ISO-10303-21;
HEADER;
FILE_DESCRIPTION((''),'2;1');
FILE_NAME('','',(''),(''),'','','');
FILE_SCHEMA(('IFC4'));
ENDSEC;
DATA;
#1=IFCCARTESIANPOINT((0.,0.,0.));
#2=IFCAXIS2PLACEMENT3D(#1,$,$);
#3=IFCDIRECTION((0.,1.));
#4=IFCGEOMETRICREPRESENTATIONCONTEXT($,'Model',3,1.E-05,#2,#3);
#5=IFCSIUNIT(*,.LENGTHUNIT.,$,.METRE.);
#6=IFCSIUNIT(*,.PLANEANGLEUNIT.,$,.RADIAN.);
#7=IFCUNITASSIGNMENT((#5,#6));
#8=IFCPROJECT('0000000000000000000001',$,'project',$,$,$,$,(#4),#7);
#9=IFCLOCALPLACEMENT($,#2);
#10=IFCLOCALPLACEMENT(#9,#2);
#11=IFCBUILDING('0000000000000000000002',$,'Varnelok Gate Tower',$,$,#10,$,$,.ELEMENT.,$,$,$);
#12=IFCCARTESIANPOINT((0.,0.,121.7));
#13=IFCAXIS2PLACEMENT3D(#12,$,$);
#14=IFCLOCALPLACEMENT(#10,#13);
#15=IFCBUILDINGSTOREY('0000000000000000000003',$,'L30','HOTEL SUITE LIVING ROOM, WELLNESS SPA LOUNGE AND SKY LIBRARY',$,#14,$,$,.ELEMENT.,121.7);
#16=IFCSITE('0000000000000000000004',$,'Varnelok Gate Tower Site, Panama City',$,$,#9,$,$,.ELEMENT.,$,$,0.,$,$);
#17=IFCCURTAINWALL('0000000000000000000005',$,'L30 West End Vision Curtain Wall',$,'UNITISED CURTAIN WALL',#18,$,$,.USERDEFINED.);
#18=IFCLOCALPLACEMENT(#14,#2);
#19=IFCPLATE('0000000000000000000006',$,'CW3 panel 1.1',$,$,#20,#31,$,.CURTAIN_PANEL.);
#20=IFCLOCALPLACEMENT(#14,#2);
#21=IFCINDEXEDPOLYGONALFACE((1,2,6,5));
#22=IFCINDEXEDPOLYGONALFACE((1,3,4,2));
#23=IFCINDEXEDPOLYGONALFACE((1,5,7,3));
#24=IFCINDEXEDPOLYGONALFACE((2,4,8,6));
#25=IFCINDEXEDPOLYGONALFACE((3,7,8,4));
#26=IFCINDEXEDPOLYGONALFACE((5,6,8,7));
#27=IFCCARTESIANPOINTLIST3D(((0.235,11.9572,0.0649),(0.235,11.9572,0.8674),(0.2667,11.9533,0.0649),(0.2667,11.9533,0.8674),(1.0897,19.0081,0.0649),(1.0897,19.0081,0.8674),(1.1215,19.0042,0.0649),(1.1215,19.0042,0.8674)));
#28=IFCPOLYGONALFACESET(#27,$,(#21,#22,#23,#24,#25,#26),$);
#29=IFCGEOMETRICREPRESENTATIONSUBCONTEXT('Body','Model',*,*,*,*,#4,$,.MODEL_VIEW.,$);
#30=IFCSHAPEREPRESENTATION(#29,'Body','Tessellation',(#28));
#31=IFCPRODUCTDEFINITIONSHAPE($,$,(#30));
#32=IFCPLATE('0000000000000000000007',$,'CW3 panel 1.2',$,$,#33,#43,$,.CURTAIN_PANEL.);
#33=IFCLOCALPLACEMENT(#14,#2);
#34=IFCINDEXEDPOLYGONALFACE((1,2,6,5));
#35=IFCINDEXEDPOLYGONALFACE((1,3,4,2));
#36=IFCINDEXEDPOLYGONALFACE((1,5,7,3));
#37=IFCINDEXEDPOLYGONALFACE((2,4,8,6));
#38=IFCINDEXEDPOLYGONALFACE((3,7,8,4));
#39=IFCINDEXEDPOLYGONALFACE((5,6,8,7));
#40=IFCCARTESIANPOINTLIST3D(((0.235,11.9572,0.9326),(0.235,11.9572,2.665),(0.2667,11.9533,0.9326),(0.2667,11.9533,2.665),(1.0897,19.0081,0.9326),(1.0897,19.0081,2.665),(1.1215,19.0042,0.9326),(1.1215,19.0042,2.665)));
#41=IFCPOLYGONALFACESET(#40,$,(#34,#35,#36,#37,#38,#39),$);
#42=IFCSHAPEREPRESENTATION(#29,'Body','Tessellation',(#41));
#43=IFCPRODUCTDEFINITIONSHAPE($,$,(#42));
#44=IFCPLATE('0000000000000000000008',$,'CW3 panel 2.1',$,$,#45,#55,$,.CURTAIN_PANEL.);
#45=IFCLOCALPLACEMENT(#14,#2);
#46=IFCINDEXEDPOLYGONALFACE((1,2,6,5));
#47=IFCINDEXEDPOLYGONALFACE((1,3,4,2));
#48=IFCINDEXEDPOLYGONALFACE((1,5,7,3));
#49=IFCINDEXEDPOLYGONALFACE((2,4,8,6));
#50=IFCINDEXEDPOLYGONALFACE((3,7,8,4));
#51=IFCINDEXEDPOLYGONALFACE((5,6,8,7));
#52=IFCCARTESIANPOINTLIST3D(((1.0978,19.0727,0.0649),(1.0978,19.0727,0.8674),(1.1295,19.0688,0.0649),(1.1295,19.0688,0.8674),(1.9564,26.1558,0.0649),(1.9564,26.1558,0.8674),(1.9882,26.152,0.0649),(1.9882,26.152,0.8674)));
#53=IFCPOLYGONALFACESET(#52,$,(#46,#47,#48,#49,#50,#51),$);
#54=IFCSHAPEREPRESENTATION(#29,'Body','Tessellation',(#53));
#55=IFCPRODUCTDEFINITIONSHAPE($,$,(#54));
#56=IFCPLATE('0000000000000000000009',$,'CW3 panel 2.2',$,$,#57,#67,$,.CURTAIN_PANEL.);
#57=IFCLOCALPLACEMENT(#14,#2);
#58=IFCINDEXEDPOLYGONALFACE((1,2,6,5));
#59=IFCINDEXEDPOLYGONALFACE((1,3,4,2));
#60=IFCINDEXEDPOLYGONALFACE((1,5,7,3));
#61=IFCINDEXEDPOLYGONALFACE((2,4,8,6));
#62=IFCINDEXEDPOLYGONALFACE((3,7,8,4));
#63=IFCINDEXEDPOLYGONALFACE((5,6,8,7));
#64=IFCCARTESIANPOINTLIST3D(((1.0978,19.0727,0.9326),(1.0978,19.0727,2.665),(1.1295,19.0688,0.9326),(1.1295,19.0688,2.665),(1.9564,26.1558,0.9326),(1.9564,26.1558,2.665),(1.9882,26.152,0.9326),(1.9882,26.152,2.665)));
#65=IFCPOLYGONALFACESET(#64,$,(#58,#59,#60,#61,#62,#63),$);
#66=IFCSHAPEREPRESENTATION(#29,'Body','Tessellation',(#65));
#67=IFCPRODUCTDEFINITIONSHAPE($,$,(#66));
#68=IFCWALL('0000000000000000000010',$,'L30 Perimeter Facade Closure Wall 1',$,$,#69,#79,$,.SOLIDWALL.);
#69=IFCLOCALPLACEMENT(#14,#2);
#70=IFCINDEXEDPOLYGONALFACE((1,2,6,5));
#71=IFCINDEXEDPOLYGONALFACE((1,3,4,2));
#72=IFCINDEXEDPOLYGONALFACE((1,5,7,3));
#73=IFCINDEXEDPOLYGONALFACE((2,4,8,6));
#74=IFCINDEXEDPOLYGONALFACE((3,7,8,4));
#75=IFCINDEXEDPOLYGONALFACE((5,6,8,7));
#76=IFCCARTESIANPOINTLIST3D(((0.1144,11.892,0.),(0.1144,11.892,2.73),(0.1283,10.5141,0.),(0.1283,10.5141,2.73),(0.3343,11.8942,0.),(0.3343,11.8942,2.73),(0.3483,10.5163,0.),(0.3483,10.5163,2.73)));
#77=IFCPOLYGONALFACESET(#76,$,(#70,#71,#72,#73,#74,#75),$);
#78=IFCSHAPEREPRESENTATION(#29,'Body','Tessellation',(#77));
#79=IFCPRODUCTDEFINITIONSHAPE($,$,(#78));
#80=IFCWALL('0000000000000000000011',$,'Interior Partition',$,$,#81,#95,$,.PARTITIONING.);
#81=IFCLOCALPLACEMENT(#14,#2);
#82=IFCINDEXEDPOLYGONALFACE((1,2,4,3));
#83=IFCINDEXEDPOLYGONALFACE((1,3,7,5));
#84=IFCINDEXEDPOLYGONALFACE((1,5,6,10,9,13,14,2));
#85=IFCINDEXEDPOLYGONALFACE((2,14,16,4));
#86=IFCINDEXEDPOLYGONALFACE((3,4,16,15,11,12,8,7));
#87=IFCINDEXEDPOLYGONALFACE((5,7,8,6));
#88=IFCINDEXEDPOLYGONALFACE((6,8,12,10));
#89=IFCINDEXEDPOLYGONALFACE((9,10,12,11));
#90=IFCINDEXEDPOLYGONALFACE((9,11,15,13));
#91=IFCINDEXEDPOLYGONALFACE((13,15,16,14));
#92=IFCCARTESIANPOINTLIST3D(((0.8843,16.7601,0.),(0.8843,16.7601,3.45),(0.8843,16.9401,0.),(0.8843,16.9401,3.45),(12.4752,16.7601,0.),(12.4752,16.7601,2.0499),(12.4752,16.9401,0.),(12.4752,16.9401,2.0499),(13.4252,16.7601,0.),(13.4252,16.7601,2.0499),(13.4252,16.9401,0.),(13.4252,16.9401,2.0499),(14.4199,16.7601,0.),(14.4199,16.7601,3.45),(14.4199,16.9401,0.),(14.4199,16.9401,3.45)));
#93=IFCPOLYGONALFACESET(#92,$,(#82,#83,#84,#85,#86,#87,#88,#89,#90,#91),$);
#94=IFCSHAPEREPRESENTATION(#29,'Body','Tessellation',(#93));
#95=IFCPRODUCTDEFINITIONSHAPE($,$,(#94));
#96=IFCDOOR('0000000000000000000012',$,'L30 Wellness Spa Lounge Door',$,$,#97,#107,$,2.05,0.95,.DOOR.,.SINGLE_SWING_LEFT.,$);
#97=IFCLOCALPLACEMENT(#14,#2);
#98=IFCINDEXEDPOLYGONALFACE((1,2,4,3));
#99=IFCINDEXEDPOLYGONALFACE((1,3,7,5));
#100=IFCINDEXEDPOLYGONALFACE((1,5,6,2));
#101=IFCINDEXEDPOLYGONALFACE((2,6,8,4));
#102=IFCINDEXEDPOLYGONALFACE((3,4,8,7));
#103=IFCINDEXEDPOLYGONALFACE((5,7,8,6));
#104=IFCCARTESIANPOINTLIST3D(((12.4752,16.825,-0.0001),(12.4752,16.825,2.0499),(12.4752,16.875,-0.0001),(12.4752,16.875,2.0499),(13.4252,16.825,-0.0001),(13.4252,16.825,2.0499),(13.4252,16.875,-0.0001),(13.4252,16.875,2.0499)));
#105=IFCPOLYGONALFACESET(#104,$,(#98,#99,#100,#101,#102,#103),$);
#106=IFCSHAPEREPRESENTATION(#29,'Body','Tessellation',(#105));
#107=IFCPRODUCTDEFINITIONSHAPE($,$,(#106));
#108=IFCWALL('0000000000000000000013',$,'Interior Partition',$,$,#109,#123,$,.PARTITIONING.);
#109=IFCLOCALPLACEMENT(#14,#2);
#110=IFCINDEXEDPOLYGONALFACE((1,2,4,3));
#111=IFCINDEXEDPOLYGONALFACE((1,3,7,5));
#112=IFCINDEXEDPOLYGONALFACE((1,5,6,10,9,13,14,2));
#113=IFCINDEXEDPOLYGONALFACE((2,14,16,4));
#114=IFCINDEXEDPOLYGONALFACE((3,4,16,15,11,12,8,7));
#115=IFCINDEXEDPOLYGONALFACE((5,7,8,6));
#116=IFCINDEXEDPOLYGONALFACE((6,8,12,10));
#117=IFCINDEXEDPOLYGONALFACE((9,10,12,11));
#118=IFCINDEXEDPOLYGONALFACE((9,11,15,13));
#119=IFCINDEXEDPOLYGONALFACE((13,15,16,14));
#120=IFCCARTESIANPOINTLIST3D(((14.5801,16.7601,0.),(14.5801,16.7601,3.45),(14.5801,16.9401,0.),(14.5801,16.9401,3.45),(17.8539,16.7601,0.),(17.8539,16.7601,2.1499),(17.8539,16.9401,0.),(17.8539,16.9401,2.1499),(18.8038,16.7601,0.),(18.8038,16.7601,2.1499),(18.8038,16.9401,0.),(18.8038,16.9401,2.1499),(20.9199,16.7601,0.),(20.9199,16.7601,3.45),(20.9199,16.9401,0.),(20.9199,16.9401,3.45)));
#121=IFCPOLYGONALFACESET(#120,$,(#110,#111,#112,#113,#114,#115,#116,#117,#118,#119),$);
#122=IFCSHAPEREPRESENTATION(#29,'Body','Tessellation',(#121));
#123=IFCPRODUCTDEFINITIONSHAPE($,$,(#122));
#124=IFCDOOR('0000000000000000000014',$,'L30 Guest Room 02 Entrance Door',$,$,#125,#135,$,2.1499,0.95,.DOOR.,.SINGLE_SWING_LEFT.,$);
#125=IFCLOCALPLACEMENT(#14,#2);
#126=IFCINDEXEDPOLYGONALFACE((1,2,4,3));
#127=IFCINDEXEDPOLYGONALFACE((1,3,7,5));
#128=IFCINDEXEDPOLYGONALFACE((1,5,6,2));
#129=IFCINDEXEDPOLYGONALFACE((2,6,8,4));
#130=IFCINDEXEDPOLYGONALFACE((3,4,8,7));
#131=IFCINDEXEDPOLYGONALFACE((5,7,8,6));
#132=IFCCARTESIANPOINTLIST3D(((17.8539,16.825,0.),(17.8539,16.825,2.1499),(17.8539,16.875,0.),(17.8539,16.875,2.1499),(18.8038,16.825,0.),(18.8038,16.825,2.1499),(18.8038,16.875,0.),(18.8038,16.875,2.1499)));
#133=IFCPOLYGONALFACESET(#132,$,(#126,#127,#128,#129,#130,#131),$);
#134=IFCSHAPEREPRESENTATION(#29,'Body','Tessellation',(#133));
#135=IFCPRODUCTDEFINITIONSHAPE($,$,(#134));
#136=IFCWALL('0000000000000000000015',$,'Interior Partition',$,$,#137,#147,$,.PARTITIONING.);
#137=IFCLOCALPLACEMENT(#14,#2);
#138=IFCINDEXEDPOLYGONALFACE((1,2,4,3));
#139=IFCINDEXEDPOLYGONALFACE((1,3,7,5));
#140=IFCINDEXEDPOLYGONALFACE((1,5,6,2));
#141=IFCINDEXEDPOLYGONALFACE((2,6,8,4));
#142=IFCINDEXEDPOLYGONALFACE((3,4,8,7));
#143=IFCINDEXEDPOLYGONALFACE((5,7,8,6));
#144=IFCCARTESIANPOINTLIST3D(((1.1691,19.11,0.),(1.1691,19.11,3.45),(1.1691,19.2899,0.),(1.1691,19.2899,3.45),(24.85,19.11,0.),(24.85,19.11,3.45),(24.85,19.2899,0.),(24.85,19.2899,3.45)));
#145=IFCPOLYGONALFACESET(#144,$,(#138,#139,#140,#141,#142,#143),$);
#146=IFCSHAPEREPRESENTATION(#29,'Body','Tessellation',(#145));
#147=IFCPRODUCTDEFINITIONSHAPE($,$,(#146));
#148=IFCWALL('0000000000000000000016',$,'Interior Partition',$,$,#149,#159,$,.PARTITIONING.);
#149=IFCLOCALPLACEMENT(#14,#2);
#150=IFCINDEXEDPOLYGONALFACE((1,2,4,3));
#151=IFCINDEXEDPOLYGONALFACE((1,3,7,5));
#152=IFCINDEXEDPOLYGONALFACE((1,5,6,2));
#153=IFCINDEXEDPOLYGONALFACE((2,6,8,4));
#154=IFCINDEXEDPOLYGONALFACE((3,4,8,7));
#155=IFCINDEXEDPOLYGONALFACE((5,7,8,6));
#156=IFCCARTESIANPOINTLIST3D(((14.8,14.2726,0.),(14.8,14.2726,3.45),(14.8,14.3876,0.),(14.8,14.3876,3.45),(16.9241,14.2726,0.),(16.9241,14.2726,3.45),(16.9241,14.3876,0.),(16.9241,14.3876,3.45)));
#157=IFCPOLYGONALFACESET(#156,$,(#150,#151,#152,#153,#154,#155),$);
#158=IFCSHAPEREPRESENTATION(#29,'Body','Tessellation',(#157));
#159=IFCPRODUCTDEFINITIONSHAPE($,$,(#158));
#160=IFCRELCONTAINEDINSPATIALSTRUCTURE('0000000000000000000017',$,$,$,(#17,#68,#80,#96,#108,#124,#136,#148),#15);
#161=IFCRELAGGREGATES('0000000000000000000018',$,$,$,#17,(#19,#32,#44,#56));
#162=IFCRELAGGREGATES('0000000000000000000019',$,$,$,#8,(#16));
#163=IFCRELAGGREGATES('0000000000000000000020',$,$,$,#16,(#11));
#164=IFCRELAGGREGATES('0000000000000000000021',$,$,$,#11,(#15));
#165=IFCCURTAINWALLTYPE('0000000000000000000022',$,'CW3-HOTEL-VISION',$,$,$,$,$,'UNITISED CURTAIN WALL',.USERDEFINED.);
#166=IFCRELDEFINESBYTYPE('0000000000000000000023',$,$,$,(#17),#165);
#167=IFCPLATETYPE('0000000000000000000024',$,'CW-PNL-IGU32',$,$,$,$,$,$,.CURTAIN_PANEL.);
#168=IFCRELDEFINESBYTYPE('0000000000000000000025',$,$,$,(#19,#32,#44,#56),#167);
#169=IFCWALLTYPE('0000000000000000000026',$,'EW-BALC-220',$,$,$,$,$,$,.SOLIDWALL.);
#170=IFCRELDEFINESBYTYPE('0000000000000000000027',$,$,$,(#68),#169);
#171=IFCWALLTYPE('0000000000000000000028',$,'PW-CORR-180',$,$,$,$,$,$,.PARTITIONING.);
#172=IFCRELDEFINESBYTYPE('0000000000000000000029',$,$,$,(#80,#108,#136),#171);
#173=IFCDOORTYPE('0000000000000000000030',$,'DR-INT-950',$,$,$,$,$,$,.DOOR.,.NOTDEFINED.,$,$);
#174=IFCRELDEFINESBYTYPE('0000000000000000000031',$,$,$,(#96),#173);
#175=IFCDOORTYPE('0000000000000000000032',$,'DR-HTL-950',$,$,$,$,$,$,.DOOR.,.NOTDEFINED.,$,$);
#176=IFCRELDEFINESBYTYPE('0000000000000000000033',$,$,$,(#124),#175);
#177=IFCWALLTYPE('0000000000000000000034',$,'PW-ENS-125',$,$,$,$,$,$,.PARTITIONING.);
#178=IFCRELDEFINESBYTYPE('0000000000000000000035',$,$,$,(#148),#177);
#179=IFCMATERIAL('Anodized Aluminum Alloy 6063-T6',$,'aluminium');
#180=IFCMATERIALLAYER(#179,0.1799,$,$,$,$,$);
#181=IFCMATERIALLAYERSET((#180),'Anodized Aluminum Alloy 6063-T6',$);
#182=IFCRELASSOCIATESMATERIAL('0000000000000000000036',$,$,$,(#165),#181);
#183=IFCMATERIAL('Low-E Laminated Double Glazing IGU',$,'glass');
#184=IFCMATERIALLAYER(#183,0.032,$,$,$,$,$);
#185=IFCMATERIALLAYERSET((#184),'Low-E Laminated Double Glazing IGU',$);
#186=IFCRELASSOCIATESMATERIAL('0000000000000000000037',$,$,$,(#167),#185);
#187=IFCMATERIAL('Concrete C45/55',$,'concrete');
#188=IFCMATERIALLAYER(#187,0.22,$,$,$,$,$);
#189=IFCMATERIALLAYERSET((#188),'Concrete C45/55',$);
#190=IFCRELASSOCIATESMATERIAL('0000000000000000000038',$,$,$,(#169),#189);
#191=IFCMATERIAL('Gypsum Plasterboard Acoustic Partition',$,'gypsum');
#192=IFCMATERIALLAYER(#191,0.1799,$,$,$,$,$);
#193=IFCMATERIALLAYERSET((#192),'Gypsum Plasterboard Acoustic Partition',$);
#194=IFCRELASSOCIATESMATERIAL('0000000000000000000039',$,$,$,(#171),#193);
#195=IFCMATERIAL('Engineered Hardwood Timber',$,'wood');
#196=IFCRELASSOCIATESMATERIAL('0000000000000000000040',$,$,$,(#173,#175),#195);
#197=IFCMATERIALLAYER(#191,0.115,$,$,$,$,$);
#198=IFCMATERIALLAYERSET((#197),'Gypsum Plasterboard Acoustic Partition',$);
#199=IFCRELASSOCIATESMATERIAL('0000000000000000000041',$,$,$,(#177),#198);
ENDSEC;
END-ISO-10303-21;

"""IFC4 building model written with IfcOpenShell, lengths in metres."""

from ifc_helpers import new_model, si_unit, direction, frame, frame_2d, origin, origin_2d, place, context, subcontext, project, spatial, rectangle, extrude, source, transform, mapped, material, layer, layer_set, type_object, element, fill, aggregate, save


model = new_model("IFC4")

# Units and contexts
model_context = context("Model", 3, precision=1e-05, world=origin(), true_north=direction((0.0, 1.0)))
body_context = subcontext(model_context, "Body", "Model", "MODEL_VIEW")
ifc_project = project(units=[si_unit("LENGTHUNIT", "METRE"), si_unit("PLANEANGLEUNIT", "RADIAN")], contexts=[model_context])

# Site, building, storey
site_placement = place(None, origin())
site = spatial("IfcSite", under=ifc_project, at=site_placement, Name="Varnelok Gate Tower Site, Panama City", CompositionType="ELEMENT", RefElevation=0.0)
building_placement = place(site_placement, origin())
building = spatial("IfcBuilding", under=site, at=building_placement, Name="Varnelok Gate Tower", CompositionType="ELEMENT")
storey_placement = place(building_placement, frame((0.0, 0.0, 121.7)))
storey = spatial("IfcBuildingStorey", under=building, at=storey_placement, Name="L30", Description="HOTEL SUITE LIVING ROOM, WELLNESS SPA LOUNGE AND SKY LIBRARY", CompositionType="ELEMENT", Elevation=121.7)

# Curtain wall
ifc_material_1 = material(Name="Anodized Aluminum Alloy 6063-T6", Category="aluminium")
ifc_layer_1 = layer(ifc_material_1, 0.1799)
ifc_layer_set_1 = layer_set([ifc_layer_1], Name="Anodized Aluminum Alloy 6063-T6")
curtain_wall_type_1 = type_object("IfcCurtainWallType", Name="CW3-HOTEL-VISION", ElementType="UNITISED CURTAIN WALL", PredefinedType="USERDEFINED", material=ifc_layer_set_1)
curtain_wall_1_placement = place(storey_placement, origin())
curtain_wall_1 = element("IfcCurtainWall", 1, at=curtain_wall_1_placement, inside=storey, type_object=curtain_wall_type_1, Name="L30 West End Vision Curtain Wall", ObjectType="UNITISED CURTAIN WALL", PredefinedType="USERDEFINED")

# Plates
ifc_material_2 = material(Name="Low-E Laminated Double Glazing IGU", Category="glass")
ifc_layer_2 = layer(ifc_material_2, 0.032)
ifc_layer_set_2 = layer_set([ifc_layer_2], Name="Low-E Laminated Double Glazing IGU")
plate_type = type_object("IfcPlateType", Name="CW-PNL-IGU32", PredefinedType="CURTAIN_PANEL", material=ifc_layer_set_2)
shared_shape_1 = source(origin(), body_context, "Body", "SweptSolid", [
    extrude(rectangle(XDim=7.1025, YDim=0.032, at=origin_2d()), origin(), (0.0, 0.0, 1.0), 0.8025),
])
plate_1_placement = place(storey_placement, frame((0.6782, 15.4807, 0.0649), z_axis=(0.0, 0.0, 1.0), x_axis=(0.120347, 0.992732, 0.0)))
plate_1 = element("IfcPlate", 2, at=plate_1_placement, type_object=plate_type, Name="CW3 panel 1.1", PredefinedType="CURTAIN_PANEL", context=body_context, shape_type="MappedRepresentation", body=[
    mapped(shared_shape_1, transform((0.0, 0.0, 0.0), scale=1.0)),
])
shared_shape_2 = source(origin(), body_context, "Body", "SweptSolid", [
    extrude(rectangle(XDim=7.1025, YDim=0.032, at=origin_2d()), origin(), (0.0, 0.0, 1.0), 1.7324),
])
plate_2_placement = place(storey_placement, frame((0.6782, 15.4807, 0.9326), z_axis=(0.0, 0.0, 1.0), x_axis=(0.120347, 0.992732, 0.0)))
plate_2 = element("IfcPlate", 3, at=plate_2_placement, type_object=plate_type, Name="CW3 panel 1.2", PredefinedType="CURTAIN_PANEL", context=body_context, shape_type="MappedRepresentation", body=[
    mapped(shared_shape_2, transform((0.0, 0.0, 0.0), scale=1.0)),
])
shared_shape_3 = source(origin(), body_context, "Body", "SweptSolid", [
    extrude(rectangle(XDim=7.135, YDim=0.032, at=origin_2d()), origin(), (0.0, 0.0, 1.0), 0.8025),
])
plate_3_placement = place(storey_placement, frame((1.543, 22.6123, 0.0649), z_axis=(0.0, 0.0, 1.0), x_axis=(0.120347, 0.992732, 0.0)))
plate_3 = element("IfcPlate", 4, at=plate_3_placement, type_object=plate_type, Name="CW3 panel 2.1", PredefinedType="CURTAIN_PANEL", context=body_context, shape_type="MappedRepresentation", body=[
    mapped(shared_shape_3, transform((0.0, 0.0, 0.0), scale=1.0)),
])
shared_shape_4 = source(origin(), body_context, "Body", "SweptSolid", [
    extrude(rectangle(XDim=7.135, YDim=0.032, at=origin_2d()), origin(), (0.0, 0.0, 1.0), 1.7324),
])
plate_4_placement = place(storey_placement, frame((1.543, 22.6123, 0.9326), z_axis=(0.0, 0.0, 1.0), x_axis=(0.120347, 0.992732, 0.0)))
plate_4 = element("IfcPlate", 5, at=plate_4_placement, type_object=plate_type, Name="CW3 panel 2.2", PredefinedType="CURTAIN_PANEL", context=body_context, shape_type="MappedRepresentation", body=[
    mapped(shared_shape_4, transform((0.0, 0.0, 0.0), scale=1.0)),
])
aggregate(curtain_wall_1, [plate_1, plate_2, plate_3, plate_4])

# Wall
ifc_material_3 = material(Name="Concrete C45/55", Category="concrete")
ifc_layer_3 = layer(ifc_material_3, 0.22)
ifc_layer_set_3 = layer_set([ifc_layer_3], Name="Concrete C45/55")
wall_type_1 = type_object("IfcWallType", Name="EW-BALC-220", PredefinedType="SOLIDWALL", material=ifc_layer_set_3)
wall_1_placement = place(storey_placement, frame((0.2244, 11.8931, 0.0), z_axis=(0.0, 0.0, 1.0), x_axis=(0.010099, -0.999949, 0.0)))
element("IfcWall", 6, at=wall_1_placement, inside=storey, type_object=wall_type_1, Name="L30 Perimeter Facade Closure Wall 1", PredefinedType="SOLIDWALL", context=body_context, shape_type="SweptSolid", body=[
    extrude(rectangle(XDim=1.3779, YDim=0.22, at=frame_2d((0.689, 0.0))), origin(), (0.0, 0.0, 1.0), 2.73),
])

# Walls, openings, doors
ifc_material_4 = material(Name="Gypsum Plasterboard Acoustic Partition", Category="gypsum")
ifc_layer_4 = layer(ifc_material_4, 0.1799)
ifc_layer_set_4 = layer_set([ifc_layer_4], Name="Gypsum Plasterboard Acoustic Partition")
wall_type_2 = type_object("IfcWallType", Name="PW-CORR-180", PredefinedType="PARTITIONING", material=ifc_layer_set_4)
wall_2_placement = place(storey_placement, frame((0.8843, 16.8501, 0.0), z_axis=(0.0, 0.0, 1.0), x_axis=(1.0, 0.0, 0.0)))
wall_2 = element("IfcWall", 7, at=wall_2_placement, inside=storey, type_object=wall_type_2, Name="Interior Partition", PredefinedType="PARTITIONING", context=body_context, shape_type="SweptSolid", body=[
    extrude(rectangle(XDim=13.5356, YDim=0.1799, at=frame_2d((6.7678, 0.0))), origin(), (0.0, 0.0, 1.0), 3.45),
])
opening_1_placement = place(wall_2_placement, frame((11.5908, 0.0, 0.0)))
opening_1 = element("IfcOpeningElement", 8, at=opening_1_placement, cuts=wall_2, PredefinedType="OPENING", context=body_context, shape_type="SweptSolid", body=[
    extrude(rectangle(XDim=0.95, YDim=2.05, at=frame_2d((0.4751, 1.0249))), frame((0.0, 0.0999, 0.0), z_axis=(0.0, -1.0, 0.0), x_axis=(1.0, 0.0, 0.0)), (0.0, 0.0, 1.0), 0.2),
])
ifc_material_5 = material(Name="Engineered Hardwood Timber", Category="wood")
door_type_1 = type_object("IfcDoorType", Name="DR-INT-950", OperationType="NOTDEFINED", PredefinedType="DOOR", material=ifc_material_5)
door_1_placement = place(opening_1_placement, origin())
door_1 = element("IfcDoor", 9, at=door_1_placement, inside=storey, type_object=door_type_1, Name="L30 Wellness Spa Lounge Door", OperationType="SINGLE_SWING_LEFT", OverallHeight=2.05, OverallWidth=0.95, PredefinedType="DOOR", context=body_context, shape_type="SweptSolid", body=[
    extrude(rectangle(XDim=0.95, YDim=2.05, at=frame_2d((0.4751, 1.0249))), frame((0.0, 0.0249, 0.0), z_axis=(0.0, -1.0, 0.0), x_axis=(1.0, 0.0, 0.0)), (0.0, 0.0, 1.0), 0.05),
])
fill(opening_1, door_1)
wall_3_placement = place(storey_placement, frame((14.5801, 16.8501, 0.0), z_axis=(0.0, 0.0, 1.0), x_axis=(1.0, 0.0, 0.0)))
wall_3 = element("IfcWall", 10, at=wall_3_placement, inside=storey, type_object=wall_type_2, Name="Interior Partition", PredefinedType="PARTITIONING", context=body_context, shape_type="SweptSolid", body=[
    extrude(rectangle(XDim=6.3398, YDim=0.1799, at=frame_2d((3.1699, 0.0))), origin(), (0.0, 0.0, 1.0), 3.45),
])
opening_2_placement = place(wall_3_placement, frame((3.2737, 0.0, 0.0)))
opening_2 = element("IfcOpeningElement", 11, at=opening_2_placement, cuts=wall_3, PredefinedType="OPENING", context=body_context, shape_type="SweptSolid", body=[
    extrude(rectangle(XDim=0.95, YDim=2.1499, at=frame_2d((0.4751, 1.075))), frame((0.0, 0.0999, 0.0), z_axis=(0.0, -1.0, 0.0), x_axis=(1.0, 0.0, 0.0)), (0.0, 0.0, 1.0), 0.2),
])
door_type_2 = type_object("IfcDoorType", Name="DR-HTL-950", OperationType="NOTDEFINED", PredefinedType="DOOR", material=ifc_material_5)
door_2_placement = place(opening_2_placement, origin())
door_2 = element("IfcDoor", 12, at=door_2_placement, inside=storey, type_object=door_type_2, Name="L30 Guest Room 02 Entrance Door", OperationType="SINGLE_SWING_LEFT", OverallHeight=2.1499, OverallWidth=0.95, PredefinedType="DOOR", context=body_context, shape_type="SweptSolid", body=[
    extrude(rectangle(XDim=0.95, YDim=2.1499, at=frame_2d((0.4751, 1.075))), frame((0.0, 0.0249, 0.0), z_axis=(0.0, -1.0, 0.0), x_axis=(1.0, 0.0, 0.0)), (0.0, 0.0, 1.0), 0.05),
])
fill(opening_2, door_2)

# Walls
wall_4_placement = place(storey_placement, frame((1.1692, 19.2, 0.0), z_axis=(0.0, 0.0, 1.0), x_axis=(1.0, 0.0, 0.0)))
element("IfcWall", 13, at=wall_4_placement, inside=storey, type_object=wall_type_2, Name="Interior Partition", PredefinedType="PARTITIONING", context=body_context, shape_type="SweptSolid", body=[
    extrude(rectangle(XDim=23.6809, YDim=0.1799, at=frame_2d((11.8403, 0.0))), origin(), (0.0, 0.0, 1.0), 3.45),
])
ifc_layer_5 = layer(ifc_material_4, 0.115)
ifc_layer_set_5 = layer_set([ifc_layer_5], Name="Gypsum Plasterboard Acoustic Partition")
wall_type_3 = type_object("IfcWallType", Name="PW-ENS-125", PredefinedType="PARTITIONING", material=ifc_layer_set_5)
wall_5_placement = place(storey_placement, frame((14.8, 14.3301, 0.0), z_axis=(0.0, 0.0, 1.0), x_axis=(1.0, 0.0, 0.0)))
element("IfcWall", 14, at=wall_5_placement, inside=storey, type_object=wall_type_3, Name="Interior Partition", PredefinedType="PARTITIONING", context=body_context, shape_type="SweptSolid", body=[
    extrude(rectangle(XDim=2.124, YDim=0.115, at=frame_2d((1.062, 0.0))), origin(), (0.0, 0.0, 1.0), 3.45),
])

save(model, "model.ifc")
